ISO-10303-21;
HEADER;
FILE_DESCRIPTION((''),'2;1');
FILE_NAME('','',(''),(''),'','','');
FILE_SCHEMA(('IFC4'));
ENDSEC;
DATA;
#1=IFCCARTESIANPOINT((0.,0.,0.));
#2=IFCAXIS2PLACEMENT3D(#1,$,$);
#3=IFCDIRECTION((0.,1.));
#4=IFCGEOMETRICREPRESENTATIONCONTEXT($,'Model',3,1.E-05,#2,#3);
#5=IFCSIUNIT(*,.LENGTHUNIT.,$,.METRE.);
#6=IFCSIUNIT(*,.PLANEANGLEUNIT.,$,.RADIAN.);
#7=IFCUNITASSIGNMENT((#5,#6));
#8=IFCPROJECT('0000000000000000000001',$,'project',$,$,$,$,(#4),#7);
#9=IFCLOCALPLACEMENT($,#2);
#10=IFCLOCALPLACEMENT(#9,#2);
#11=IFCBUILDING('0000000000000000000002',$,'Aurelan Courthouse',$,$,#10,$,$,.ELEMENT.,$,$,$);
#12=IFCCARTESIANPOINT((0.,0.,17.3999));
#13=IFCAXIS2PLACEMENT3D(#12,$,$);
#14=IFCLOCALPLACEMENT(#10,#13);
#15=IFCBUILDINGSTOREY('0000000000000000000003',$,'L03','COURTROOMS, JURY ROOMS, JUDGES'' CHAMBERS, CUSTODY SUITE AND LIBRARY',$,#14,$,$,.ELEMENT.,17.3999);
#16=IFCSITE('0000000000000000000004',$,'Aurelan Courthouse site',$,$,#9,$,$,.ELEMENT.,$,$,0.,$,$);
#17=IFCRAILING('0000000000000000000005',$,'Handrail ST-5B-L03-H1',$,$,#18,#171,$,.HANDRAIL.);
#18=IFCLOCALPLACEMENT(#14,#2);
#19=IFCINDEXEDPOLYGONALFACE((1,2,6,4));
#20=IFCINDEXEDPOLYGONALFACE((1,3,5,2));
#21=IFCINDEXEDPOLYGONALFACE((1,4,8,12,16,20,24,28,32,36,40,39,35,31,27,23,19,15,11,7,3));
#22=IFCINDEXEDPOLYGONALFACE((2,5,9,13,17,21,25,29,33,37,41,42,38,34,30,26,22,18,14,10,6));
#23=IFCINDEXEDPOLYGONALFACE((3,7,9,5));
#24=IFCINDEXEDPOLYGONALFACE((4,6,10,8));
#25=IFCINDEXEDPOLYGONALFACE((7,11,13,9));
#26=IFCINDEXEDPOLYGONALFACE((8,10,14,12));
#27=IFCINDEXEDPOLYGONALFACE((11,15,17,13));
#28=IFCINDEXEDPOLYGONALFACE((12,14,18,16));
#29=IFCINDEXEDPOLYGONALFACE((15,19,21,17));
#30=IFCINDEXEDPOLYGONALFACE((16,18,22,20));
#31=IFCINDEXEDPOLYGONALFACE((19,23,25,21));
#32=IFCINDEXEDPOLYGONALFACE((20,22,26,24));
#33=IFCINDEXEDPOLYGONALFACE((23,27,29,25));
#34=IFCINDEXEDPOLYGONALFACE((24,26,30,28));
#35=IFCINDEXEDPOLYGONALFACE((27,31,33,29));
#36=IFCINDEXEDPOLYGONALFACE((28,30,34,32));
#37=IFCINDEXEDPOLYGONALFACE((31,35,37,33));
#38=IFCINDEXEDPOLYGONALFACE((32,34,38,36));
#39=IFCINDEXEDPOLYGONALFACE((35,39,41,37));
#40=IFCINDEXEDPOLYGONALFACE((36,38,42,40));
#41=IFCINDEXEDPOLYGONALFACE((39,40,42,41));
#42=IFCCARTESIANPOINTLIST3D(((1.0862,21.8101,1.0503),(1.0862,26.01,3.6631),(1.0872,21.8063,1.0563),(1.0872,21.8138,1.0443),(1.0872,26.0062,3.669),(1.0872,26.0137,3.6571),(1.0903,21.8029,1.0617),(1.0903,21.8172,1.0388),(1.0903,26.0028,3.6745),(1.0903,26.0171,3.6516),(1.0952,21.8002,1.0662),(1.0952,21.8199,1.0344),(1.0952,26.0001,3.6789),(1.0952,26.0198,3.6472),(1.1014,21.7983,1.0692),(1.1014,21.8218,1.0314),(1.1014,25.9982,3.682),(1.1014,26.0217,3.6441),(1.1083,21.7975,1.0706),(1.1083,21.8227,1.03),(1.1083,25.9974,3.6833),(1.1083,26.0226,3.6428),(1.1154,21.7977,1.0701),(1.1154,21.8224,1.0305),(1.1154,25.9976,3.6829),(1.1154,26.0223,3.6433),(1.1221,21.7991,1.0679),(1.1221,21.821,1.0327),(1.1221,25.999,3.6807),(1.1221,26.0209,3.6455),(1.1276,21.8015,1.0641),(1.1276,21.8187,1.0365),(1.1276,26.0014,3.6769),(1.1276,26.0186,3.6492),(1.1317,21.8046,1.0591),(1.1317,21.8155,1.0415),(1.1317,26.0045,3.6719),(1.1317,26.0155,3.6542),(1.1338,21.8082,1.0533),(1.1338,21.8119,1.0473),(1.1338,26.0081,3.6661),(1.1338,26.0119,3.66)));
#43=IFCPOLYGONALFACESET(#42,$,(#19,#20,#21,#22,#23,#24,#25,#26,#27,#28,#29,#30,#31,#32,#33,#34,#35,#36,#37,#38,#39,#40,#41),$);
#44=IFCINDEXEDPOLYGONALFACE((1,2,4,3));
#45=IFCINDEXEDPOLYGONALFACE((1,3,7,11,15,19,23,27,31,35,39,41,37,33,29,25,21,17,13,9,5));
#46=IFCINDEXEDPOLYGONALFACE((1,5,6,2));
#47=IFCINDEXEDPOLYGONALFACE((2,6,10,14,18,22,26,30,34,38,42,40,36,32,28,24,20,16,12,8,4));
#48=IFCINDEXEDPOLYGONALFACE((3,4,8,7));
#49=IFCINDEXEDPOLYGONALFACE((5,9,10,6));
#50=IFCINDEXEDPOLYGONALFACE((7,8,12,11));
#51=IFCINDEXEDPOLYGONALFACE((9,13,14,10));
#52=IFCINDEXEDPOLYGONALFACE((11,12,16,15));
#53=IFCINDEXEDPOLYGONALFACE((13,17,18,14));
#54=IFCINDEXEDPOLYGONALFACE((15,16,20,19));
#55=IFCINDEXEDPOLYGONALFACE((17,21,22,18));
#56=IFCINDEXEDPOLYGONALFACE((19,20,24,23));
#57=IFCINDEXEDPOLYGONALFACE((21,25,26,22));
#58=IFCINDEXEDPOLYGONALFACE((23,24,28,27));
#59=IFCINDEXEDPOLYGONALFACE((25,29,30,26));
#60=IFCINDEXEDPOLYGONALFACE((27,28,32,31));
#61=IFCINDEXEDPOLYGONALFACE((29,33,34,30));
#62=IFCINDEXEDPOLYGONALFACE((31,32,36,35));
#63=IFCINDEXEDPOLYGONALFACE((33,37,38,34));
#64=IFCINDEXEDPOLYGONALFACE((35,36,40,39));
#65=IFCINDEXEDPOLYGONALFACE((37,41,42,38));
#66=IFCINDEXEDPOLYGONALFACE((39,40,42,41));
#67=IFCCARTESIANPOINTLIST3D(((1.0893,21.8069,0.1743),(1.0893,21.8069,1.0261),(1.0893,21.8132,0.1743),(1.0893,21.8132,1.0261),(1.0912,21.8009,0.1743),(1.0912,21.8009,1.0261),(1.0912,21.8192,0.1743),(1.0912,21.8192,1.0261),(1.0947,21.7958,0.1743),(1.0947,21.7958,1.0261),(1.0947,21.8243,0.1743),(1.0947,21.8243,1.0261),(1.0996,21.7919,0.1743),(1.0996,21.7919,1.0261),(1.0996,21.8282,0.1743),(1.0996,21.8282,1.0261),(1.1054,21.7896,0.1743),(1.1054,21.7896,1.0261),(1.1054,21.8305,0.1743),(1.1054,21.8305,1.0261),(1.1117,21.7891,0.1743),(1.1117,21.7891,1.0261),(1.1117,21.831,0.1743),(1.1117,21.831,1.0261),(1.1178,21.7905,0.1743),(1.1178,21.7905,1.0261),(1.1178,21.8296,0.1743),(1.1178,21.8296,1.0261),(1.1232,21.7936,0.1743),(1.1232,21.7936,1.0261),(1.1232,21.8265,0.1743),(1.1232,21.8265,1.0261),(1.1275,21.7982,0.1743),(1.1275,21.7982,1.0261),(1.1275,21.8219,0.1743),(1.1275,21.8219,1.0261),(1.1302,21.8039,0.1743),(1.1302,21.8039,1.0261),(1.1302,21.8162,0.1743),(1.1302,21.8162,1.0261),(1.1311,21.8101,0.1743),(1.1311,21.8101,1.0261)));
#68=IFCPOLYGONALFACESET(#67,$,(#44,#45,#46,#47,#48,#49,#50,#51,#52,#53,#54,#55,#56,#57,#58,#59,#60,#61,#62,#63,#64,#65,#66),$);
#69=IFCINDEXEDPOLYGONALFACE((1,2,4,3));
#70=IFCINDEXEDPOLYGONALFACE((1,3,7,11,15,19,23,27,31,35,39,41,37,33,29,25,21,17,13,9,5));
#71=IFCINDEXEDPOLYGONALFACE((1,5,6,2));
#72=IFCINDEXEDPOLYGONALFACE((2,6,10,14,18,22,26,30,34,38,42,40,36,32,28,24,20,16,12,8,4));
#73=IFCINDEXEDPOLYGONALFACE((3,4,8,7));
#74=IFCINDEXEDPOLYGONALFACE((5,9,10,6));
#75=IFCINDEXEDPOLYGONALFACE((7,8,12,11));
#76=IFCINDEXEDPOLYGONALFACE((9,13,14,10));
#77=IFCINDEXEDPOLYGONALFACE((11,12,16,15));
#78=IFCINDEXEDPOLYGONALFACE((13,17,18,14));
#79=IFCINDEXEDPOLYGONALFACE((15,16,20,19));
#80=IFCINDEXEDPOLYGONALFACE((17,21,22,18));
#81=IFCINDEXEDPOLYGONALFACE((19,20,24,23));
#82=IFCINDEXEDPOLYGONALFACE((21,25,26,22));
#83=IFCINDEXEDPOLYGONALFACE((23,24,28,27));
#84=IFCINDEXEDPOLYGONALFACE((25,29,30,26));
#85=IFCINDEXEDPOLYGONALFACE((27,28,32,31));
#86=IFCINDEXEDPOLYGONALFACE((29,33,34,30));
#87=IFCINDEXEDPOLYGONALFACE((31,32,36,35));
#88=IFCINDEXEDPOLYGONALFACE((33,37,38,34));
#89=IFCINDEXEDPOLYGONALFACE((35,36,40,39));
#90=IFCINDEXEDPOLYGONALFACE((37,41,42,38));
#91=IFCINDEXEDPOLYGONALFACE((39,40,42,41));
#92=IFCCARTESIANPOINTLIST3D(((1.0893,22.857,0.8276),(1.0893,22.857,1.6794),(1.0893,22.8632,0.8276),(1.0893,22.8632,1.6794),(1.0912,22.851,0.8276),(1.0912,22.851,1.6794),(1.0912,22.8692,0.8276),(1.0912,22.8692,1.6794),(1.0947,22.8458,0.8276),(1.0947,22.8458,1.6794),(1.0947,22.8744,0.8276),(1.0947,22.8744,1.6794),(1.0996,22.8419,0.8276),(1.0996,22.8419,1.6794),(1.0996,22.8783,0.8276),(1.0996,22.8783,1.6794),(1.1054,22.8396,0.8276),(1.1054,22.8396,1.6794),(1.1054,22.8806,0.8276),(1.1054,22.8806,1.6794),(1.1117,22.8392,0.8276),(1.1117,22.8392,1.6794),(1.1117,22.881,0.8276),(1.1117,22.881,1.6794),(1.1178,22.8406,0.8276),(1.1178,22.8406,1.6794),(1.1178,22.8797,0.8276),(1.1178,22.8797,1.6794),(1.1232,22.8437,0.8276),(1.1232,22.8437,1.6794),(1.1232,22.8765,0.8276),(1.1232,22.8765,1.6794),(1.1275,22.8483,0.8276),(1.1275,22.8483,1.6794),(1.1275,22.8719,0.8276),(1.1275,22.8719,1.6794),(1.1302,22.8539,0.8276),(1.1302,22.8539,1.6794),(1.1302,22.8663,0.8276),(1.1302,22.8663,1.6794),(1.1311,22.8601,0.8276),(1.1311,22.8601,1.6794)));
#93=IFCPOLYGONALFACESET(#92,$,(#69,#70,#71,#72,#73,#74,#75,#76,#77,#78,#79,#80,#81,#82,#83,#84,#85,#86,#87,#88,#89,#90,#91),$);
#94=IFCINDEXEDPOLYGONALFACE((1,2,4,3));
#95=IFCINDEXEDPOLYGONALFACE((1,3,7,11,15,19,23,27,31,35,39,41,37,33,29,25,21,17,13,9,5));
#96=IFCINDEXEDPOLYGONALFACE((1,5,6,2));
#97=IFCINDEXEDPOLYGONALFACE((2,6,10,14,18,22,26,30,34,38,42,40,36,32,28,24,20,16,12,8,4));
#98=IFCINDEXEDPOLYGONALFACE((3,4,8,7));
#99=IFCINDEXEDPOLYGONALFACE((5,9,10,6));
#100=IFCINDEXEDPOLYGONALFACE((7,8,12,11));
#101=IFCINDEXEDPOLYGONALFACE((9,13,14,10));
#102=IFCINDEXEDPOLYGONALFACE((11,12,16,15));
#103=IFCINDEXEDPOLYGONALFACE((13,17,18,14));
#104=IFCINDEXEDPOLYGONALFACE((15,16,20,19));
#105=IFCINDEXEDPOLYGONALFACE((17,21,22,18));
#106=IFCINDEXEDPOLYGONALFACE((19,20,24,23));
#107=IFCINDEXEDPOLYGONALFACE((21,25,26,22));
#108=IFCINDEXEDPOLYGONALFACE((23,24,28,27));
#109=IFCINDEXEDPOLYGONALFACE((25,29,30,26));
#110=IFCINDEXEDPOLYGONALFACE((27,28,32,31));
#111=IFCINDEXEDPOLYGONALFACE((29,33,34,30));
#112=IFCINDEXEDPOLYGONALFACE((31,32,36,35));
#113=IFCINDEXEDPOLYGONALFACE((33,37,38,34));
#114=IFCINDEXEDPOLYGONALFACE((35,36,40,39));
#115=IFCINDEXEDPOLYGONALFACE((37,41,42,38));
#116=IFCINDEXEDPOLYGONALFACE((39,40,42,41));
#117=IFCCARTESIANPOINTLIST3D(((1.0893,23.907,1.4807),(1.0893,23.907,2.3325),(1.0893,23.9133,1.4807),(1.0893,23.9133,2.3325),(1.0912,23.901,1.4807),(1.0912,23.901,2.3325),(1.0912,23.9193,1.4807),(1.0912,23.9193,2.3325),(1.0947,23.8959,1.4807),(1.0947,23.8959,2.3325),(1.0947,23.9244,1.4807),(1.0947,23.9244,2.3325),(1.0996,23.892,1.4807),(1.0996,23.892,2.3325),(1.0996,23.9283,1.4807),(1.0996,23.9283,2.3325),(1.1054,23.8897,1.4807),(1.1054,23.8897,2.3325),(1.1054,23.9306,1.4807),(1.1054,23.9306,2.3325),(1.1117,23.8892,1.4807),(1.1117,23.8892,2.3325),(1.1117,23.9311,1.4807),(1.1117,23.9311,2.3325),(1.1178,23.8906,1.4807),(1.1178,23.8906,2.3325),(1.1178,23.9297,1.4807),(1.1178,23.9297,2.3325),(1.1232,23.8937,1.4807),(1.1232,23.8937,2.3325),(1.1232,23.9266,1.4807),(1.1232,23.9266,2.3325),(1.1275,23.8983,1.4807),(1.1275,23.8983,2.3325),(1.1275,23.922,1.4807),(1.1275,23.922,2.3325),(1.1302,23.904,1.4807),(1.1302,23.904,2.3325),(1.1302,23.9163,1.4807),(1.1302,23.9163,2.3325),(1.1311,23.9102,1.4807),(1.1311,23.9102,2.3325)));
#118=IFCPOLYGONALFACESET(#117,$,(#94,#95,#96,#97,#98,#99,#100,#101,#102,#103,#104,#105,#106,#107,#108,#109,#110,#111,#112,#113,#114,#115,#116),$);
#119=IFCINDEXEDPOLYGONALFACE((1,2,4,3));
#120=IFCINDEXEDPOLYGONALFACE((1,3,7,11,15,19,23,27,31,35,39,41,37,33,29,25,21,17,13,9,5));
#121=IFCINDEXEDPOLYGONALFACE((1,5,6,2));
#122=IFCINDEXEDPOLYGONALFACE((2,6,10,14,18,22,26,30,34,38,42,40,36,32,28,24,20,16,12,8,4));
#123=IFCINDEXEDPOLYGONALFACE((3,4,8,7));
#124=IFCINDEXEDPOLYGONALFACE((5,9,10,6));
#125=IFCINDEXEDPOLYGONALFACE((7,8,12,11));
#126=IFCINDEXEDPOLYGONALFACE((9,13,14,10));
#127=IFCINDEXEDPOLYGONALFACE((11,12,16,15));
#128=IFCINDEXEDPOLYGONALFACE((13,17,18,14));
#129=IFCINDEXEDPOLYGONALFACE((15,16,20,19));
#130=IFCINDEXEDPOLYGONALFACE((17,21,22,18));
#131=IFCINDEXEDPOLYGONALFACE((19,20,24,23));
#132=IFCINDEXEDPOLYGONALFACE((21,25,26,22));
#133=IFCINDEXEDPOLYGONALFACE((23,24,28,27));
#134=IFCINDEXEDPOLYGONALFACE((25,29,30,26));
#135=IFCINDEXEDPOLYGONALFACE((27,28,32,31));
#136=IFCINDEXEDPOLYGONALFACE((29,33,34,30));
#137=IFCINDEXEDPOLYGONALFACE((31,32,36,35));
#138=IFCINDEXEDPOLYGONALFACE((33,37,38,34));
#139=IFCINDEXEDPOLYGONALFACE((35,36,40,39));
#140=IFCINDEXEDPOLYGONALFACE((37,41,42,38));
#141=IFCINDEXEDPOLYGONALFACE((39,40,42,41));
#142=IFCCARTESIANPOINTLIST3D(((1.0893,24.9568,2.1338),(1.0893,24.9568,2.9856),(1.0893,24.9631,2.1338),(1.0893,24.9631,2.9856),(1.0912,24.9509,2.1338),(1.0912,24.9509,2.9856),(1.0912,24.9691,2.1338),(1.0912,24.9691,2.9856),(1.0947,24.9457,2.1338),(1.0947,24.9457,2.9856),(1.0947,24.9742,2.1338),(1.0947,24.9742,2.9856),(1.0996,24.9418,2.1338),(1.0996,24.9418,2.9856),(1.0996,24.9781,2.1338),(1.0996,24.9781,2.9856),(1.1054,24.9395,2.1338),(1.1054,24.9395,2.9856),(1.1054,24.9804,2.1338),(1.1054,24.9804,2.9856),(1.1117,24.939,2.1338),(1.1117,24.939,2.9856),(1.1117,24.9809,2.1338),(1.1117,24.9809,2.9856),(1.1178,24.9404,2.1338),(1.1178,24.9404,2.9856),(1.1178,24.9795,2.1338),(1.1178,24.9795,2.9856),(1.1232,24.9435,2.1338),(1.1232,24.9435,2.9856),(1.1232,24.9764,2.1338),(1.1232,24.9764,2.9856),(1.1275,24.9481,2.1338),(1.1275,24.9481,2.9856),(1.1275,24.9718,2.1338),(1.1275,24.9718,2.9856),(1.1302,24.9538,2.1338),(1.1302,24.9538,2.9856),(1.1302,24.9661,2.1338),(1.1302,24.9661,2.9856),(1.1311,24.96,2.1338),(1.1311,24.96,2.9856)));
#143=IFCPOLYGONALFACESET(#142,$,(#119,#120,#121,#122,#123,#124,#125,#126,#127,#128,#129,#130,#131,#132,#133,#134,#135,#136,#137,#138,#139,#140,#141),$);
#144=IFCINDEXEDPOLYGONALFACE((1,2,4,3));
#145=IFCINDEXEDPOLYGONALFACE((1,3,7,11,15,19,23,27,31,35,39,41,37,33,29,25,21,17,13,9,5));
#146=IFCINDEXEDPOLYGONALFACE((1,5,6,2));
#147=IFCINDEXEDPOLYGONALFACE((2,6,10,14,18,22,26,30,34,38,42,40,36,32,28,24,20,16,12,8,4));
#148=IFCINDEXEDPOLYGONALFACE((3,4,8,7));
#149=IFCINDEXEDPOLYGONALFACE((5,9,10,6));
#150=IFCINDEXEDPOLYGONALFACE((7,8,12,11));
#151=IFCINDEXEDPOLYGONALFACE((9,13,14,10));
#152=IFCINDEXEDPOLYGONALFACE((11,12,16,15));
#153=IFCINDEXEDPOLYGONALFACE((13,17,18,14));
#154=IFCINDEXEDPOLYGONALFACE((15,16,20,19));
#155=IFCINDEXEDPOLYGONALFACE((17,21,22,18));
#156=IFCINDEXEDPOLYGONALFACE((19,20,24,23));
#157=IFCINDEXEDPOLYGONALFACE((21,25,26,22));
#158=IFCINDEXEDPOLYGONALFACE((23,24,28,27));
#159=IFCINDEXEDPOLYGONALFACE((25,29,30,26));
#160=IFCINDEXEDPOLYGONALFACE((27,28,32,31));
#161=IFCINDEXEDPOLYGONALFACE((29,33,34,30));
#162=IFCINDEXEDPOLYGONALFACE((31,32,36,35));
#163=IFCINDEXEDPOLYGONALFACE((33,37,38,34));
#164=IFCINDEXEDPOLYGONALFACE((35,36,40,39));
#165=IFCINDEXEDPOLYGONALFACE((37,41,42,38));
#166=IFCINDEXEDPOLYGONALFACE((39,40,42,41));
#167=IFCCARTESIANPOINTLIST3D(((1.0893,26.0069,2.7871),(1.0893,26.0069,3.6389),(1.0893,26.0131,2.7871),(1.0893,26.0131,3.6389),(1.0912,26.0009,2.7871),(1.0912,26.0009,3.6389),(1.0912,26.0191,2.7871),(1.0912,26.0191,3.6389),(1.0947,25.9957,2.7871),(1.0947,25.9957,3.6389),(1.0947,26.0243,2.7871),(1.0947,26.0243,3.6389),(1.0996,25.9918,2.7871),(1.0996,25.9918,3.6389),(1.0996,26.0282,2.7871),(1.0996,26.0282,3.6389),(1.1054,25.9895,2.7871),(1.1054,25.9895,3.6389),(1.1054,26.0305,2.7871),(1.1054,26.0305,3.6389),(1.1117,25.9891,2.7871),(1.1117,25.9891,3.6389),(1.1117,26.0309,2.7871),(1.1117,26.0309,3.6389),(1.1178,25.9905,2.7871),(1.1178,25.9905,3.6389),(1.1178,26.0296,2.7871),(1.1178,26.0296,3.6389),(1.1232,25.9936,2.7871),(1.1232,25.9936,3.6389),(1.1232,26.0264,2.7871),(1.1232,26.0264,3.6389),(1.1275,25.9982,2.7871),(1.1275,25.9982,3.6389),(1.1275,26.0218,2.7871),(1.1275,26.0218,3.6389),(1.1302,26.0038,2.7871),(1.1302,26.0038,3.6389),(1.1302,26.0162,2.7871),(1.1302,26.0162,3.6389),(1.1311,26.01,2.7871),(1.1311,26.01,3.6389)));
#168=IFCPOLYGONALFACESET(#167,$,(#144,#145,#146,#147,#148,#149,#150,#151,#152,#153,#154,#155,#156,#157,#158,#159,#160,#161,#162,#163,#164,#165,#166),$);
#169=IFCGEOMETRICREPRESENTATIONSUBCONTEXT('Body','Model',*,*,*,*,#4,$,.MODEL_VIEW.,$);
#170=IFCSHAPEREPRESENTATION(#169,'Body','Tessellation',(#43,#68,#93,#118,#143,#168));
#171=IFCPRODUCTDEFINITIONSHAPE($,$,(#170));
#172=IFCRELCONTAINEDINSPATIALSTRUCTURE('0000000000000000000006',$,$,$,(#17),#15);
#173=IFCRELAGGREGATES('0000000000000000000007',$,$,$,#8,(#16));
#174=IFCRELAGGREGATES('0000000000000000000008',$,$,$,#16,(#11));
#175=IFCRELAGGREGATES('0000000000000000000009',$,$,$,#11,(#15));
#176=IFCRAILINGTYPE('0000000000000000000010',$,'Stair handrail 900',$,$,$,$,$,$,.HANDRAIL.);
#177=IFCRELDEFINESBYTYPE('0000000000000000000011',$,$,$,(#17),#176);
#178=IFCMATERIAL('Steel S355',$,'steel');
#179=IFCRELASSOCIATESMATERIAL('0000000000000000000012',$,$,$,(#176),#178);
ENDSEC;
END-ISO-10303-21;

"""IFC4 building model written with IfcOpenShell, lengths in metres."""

from ifc_helpers import new_model, si_unit, direction, frame, origin, origin_2d, place, context, subcontext, project, spatial, circle, extrude, material, type_object, element, save


model = new_model("IFC4")

# Units and contexts
model_context = context("Model", 3, precision=1e-05, world=origin(), true_north=direction((0.0, 1.0)))
body_context = subcontext(model_context, "Body", "Model", "MODEL_VIEW")
ifc_project = project(units=[si_unit("LENGTHUNIT", "METRE"), si_unit("PLANEANGLEUNIT", "RADIAN")], contexts=[model_context])

# Site, building, storey
site_placement = place(None, origin())
site = spatial("IfcSite", under=ifc_project, at=site_placement, Name="Aurelan Courthouse site", CompositionType="ELEMENT", RefElevation=0.0)
building_placement = place(site_placement, origin())
building = spatial("IfcBuilding", under=site, at=building_placement, Name="Aurelan Courthouse", CompositionType="ELEMENT")
storey_placement = place(building_placement, frame((0.0, 0.0, 17.3999)))
storey = spatial("IfcBuildingStorey", under=building, at=storey_placement, Name="L03", Description="COURTROOMS, JURY ROOMS, JUDGES' CHAMBERS, CUSTODY SUITE AND LIBRARY", CompositionType="ELEMENT", Elevation=17.3999)

# Railing
ifc_material_1 = material(Name="Steel S355", Category="steel")
railing_type_1 = type_object("IfcRailingType", Name="Stair handrail 900", PredefinedType="HANDRAIL", material=ifc_material_1)
for number, where, name in (
    (1, (1.1101, 21.8101, 0.1743), "Handrail ST-5B-L03-H1"),
):
    element("IfcRailing", number, at=place(storey_placement, frame(where)), inside=storey, type_object=railing_type_1, Name=name, PredefinedType="HANDRAIL", context=body_context, shape_type="SweptSolid", body=[
        extrude(circle(Radius=0.0239, at=origin_2d()), frame((0.0, 0.0, 0.876), z_axis=(0.0, 0.849103, 0.528228), x_axis=(-1.0, 0.0, 0.0)), (0.0, 0.0, 1.0), 4.9463),
        extrude(circle(Radius=0.021, at=origin_2d()), origin(), (0.0, 0.0, 1.0), 0.8518),
        extrude(circle(Radius=0.021, at=origin_2d()), frame((0.0, 1.05, 0.6533)), (0.0, 0.0, 1.0), 0.8518),
        extrude(circle(Radius=0.021, at=origin_2d()), frame((0.0, 2.1001, 1.3064)), (0.0, 0.0, 1.0), 0.8518),
        extrude(circle(Radius=0.021, at=origin_2d()), frame((0.0, 3.1499, 1.9595)), (0.0, 0.0, 1.0), 0.8518),
        extrude(circle(Radius=0.021, at=origin_2d()), frame((0.0, 4.2, 2.6128)), (0.0, 0.0, 1.0), 0.8518),
    ])

save(model, "model.ifc")
